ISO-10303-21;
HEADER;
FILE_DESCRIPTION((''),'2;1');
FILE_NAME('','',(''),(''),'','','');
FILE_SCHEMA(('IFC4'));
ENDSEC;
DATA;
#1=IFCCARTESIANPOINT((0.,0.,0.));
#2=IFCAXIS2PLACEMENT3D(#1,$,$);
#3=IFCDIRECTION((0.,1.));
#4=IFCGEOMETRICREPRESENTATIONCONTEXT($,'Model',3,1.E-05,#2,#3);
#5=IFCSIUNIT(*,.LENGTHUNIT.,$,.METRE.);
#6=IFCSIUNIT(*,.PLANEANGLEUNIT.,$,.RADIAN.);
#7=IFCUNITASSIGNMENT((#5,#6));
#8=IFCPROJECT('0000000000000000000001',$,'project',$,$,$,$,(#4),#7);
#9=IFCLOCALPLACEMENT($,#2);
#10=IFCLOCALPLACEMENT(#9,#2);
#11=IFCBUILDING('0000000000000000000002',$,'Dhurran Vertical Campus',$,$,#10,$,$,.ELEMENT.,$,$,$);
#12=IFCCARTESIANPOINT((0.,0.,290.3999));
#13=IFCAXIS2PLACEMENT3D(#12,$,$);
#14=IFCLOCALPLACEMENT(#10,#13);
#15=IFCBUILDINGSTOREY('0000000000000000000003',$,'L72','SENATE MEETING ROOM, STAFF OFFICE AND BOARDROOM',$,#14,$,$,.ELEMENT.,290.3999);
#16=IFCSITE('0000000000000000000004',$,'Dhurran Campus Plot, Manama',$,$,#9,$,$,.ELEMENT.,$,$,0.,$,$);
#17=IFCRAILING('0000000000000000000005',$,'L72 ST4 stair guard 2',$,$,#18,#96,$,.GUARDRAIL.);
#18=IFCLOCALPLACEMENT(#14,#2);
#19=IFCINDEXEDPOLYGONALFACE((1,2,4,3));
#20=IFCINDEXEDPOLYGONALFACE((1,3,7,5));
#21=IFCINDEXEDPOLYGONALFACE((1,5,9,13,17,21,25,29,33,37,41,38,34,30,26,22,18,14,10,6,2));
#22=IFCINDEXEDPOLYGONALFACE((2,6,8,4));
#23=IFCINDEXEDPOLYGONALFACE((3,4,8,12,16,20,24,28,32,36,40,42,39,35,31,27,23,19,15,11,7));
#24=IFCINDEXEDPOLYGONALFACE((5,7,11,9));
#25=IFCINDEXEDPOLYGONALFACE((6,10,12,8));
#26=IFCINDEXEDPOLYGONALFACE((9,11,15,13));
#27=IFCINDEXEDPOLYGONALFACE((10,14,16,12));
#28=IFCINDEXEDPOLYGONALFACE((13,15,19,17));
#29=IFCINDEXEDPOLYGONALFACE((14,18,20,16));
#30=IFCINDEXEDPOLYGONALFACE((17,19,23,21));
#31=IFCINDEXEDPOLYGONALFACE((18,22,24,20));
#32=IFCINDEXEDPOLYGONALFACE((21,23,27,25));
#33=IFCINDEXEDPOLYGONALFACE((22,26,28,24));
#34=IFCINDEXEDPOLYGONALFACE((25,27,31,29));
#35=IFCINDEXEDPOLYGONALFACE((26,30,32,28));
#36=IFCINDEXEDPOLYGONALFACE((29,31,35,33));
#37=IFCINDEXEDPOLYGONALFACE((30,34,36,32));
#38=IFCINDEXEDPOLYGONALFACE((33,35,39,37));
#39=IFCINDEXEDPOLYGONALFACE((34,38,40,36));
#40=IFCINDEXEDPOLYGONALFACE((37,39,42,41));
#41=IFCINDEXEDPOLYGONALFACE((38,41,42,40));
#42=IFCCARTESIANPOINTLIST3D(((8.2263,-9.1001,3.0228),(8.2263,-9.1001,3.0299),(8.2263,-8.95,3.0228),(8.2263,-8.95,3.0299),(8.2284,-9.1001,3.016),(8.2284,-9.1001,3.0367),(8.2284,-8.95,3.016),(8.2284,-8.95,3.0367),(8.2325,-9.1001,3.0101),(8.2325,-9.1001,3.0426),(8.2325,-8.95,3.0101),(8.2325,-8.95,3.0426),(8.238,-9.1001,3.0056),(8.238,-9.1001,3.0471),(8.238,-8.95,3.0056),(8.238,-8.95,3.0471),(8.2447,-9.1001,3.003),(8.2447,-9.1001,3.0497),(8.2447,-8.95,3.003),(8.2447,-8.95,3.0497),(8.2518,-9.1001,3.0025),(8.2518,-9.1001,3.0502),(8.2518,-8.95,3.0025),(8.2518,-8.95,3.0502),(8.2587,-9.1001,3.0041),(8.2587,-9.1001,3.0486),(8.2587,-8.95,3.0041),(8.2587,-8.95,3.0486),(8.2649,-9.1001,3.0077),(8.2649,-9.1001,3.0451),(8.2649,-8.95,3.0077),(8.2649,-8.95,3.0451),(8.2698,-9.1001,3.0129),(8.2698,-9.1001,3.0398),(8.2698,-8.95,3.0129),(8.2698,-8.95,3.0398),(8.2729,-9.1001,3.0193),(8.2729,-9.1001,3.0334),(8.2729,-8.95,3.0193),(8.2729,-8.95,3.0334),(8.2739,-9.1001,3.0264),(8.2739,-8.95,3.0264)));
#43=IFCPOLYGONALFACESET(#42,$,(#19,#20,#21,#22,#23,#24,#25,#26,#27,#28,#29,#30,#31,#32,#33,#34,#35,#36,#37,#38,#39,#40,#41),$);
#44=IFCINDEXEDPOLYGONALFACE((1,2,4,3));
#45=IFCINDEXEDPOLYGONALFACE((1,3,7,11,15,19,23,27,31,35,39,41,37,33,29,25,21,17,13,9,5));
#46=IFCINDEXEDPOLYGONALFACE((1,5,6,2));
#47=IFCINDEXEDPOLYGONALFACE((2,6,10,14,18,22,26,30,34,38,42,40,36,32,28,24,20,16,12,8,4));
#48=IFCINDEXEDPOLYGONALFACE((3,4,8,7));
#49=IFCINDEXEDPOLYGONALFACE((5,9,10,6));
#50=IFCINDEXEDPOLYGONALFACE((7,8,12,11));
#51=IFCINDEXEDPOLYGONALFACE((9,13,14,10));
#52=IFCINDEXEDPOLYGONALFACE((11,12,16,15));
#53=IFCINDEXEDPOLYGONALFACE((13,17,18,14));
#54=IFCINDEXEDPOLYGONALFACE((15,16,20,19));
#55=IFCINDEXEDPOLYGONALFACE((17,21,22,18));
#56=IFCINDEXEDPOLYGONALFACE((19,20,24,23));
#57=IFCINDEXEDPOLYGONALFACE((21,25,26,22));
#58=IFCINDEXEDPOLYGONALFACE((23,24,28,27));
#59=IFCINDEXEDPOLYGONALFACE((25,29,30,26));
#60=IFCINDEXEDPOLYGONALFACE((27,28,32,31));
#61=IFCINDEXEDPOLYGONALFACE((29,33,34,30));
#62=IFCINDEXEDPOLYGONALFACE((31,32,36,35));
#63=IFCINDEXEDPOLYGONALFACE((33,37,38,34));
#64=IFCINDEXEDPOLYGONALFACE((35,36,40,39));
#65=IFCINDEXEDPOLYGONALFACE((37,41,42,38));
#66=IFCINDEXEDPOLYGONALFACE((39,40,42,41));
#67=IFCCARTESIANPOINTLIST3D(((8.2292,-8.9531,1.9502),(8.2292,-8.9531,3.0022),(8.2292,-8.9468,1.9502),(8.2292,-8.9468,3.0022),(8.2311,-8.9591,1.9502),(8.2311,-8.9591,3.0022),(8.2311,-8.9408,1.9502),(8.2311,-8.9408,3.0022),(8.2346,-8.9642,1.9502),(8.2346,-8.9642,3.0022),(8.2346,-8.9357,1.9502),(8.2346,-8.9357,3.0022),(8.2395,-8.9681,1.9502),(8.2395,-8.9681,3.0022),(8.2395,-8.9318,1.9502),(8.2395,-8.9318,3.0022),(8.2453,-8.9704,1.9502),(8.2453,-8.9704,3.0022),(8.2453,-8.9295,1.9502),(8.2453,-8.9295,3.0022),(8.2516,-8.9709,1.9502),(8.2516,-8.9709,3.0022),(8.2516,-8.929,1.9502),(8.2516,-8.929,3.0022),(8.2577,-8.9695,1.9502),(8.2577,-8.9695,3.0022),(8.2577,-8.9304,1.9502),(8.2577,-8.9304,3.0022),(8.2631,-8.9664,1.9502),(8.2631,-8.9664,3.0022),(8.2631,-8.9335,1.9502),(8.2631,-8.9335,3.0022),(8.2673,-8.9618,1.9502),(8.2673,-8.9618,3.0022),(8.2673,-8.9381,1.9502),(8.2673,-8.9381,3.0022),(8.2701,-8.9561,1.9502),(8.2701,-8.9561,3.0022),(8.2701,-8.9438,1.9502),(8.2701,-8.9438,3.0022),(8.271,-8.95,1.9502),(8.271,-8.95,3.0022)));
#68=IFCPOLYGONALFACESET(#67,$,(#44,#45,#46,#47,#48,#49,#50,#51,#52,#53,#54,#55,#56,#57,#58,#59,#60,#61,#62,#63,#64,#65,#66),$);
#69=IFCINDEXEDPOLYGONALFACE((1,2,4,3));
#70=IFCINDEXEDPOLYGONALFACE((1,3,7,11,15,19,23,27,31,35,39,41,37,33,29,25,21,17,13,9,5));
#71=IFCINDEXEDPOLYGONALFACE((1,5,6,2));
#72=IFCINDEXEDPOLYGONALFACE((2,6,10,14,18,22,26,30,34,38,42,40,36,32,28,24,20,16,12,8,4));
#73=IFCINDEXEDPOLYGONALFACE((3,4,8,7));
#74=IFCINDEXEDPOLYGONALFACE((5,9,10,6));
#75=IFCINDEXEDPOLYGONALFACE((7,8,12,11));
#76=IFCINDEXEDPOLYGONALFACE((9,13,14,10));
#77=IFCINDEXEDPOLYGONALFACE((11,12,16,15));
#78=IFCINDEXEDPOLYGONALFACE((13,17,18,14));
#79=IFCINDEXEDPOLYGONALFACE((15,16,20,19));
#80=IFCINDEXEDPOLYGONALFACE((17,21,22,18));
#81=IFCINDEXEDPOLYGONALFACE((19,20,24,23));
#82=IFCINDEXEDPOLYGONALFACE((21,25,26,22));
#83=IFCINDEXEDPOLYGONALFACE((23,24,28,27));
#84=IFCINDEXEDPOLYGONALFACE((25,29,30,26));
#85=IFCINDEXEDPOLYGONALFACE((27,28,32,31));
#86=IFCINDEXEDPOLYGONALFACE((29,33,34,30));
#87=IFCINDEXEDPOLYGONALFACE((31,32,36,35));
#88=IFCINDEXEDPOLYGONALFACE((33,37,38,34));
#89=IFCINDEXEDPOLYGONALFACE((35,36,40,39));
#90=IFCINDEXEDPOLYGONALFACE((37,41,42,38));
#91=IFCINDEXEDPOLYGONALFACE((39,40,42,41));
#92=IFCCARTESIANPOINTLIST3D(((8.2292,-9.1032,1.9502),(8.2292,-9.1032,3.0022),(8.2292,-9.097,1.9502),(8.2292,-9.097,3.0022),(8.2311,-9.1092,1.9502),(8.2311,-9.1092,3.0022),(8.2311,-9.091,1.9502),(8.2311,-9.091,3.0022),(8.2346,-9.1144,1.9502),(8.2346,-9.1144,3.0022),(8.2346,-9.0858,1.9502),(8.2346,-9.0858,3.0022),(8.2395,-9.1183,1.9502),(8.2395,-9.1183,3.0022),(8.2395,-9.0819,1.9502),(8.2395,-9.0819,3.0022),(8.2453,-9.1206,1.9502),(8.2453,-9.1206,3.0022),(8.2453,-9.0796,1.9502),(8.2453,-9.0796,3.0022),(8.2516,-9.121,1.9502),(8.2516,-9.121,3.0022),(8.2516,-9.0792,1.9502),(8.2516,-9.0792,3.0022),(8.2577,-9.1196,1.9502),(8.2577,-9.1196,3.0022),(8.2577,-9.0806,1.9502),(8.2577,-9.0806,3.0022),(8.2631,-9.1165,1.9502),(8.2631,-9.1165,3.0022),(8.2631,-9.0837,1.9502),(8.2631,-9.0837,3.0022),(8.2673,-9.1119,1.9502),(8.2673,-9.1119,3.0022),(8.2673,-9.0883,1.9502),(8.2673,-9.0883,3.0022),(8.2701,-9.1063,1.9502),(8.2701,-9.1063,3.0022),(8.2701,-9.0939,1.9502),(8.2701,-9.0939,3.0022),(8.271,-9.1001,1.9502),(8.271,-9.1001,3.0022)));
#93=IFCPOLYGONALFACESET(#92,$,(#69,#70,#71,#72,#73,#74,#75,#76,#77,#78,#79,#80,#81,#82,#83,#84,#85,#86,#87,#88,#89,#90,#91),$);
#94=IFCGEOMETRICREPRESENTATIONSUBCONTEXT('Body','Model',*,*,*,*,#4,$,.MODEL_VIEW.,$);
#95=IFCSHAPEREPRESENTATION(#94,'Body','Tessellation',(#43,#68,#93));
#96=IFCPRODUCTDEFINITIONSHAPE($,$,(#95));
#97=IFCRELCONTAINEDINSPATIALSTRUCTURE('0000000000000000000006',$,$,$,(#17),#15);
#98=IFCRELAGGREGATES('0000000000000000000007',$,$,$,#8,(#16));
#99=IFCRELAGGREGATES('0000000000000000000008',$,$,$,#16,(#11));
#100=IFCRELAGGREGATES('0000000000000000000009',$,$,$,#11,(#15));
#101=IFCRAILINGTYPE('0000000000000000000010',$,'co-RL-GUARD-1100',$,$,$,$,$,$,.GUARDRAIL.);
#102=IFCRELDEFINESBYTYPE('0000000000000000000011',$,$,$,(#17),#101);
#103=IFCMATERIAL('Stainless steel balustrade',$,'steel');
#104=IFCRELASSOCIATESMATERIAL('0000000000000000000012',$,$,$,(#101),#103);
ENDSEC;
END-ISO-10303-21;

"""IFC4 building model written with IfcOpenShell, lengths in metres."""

from ifc_helpers import new_model, si_unit, direction, frame, origin, origin_2d, place, context, subcontext, project, spatial, circle, extrude, material, type_object, element, save


model = new_model("IFC4")

# Units and contexts
model_context = context("Model", 3, precision=1e-05, world=origin(), true_north=direction((0.0, 1.0)))
body_context = subcontext(model_context, "Body", "Model", "MODEL_VIEW")
ifc_project = project(units=[si_unit("LENGTHUNIT", "METRE"), si_unit("PLANEANGLEUNIT", "RADIAN")], contexts=[model_context])

# Site, building, storey
site_placement = place(None, origin())
site = spatial("IfcSite", under=ifc_project, at=site_placement, Name="Dhurran Campus Plot, Manama", CompositionType="ELEMENT", RefElevation=0.0)
building_placement = place(site_placement, origin())
building = spatial("IfcBuilding", under=site, at=building_placement, Name="Dhurran Vertical Campus", CompositionType="ELEMENT")
storey_placement = place(building_placement, frame((0.0, 0.0, 290.3999)))
storey = spatial("IfcBuildingStorey", under=building, at=storey_placement, Name="L72", Description="SENATE MEETING ROOM, STAFF OFFICE AND BOARDROOM", CompositionType="ELEMENT", Elevation=290.3999)

# Railing
ifc_material_1 = material(Name="Stainless steel balustrade", Category="steel")
railing_type_1 = type_object("IfcRailingType", Name="co-RL-GUARD-1100", PredefinedType="GUARDRAIL", material=ifc_material_1)
railing_1_placement = place(storey_placement, frame((8.25, -8.95, 1.9502)))
element("IfcRailing", 1, at=railing_1_placement, inside=storey, type_object=railing_type_1, Name="L72 ST4 stair guard 2", PredefinedType="GUARDRAIL", context=body_context, shape_type="SweptSolid", body=[
    extrude(circle(Radius=0.0239, at=origin_2d()), frame((0.0, 0.0, 1.0762), z_axis=(0.0, -1.0, 0.0), x_axis=(1.0, 0.0, 0.0)), (0.0, 0.0, 1.0), 0.1501),
    extrude(circle(Radius=0.021, at=origin_2d()), origin(), (0.0, 0.0, 1.0), 1.052),
    extrude(circle(Radius=0.021, at=origin_2d()), frame((0.0, -0.1501, 0.0)), (0.0, 0.0, 1.0), 1.052),
])

save(model, "model.ifc")
